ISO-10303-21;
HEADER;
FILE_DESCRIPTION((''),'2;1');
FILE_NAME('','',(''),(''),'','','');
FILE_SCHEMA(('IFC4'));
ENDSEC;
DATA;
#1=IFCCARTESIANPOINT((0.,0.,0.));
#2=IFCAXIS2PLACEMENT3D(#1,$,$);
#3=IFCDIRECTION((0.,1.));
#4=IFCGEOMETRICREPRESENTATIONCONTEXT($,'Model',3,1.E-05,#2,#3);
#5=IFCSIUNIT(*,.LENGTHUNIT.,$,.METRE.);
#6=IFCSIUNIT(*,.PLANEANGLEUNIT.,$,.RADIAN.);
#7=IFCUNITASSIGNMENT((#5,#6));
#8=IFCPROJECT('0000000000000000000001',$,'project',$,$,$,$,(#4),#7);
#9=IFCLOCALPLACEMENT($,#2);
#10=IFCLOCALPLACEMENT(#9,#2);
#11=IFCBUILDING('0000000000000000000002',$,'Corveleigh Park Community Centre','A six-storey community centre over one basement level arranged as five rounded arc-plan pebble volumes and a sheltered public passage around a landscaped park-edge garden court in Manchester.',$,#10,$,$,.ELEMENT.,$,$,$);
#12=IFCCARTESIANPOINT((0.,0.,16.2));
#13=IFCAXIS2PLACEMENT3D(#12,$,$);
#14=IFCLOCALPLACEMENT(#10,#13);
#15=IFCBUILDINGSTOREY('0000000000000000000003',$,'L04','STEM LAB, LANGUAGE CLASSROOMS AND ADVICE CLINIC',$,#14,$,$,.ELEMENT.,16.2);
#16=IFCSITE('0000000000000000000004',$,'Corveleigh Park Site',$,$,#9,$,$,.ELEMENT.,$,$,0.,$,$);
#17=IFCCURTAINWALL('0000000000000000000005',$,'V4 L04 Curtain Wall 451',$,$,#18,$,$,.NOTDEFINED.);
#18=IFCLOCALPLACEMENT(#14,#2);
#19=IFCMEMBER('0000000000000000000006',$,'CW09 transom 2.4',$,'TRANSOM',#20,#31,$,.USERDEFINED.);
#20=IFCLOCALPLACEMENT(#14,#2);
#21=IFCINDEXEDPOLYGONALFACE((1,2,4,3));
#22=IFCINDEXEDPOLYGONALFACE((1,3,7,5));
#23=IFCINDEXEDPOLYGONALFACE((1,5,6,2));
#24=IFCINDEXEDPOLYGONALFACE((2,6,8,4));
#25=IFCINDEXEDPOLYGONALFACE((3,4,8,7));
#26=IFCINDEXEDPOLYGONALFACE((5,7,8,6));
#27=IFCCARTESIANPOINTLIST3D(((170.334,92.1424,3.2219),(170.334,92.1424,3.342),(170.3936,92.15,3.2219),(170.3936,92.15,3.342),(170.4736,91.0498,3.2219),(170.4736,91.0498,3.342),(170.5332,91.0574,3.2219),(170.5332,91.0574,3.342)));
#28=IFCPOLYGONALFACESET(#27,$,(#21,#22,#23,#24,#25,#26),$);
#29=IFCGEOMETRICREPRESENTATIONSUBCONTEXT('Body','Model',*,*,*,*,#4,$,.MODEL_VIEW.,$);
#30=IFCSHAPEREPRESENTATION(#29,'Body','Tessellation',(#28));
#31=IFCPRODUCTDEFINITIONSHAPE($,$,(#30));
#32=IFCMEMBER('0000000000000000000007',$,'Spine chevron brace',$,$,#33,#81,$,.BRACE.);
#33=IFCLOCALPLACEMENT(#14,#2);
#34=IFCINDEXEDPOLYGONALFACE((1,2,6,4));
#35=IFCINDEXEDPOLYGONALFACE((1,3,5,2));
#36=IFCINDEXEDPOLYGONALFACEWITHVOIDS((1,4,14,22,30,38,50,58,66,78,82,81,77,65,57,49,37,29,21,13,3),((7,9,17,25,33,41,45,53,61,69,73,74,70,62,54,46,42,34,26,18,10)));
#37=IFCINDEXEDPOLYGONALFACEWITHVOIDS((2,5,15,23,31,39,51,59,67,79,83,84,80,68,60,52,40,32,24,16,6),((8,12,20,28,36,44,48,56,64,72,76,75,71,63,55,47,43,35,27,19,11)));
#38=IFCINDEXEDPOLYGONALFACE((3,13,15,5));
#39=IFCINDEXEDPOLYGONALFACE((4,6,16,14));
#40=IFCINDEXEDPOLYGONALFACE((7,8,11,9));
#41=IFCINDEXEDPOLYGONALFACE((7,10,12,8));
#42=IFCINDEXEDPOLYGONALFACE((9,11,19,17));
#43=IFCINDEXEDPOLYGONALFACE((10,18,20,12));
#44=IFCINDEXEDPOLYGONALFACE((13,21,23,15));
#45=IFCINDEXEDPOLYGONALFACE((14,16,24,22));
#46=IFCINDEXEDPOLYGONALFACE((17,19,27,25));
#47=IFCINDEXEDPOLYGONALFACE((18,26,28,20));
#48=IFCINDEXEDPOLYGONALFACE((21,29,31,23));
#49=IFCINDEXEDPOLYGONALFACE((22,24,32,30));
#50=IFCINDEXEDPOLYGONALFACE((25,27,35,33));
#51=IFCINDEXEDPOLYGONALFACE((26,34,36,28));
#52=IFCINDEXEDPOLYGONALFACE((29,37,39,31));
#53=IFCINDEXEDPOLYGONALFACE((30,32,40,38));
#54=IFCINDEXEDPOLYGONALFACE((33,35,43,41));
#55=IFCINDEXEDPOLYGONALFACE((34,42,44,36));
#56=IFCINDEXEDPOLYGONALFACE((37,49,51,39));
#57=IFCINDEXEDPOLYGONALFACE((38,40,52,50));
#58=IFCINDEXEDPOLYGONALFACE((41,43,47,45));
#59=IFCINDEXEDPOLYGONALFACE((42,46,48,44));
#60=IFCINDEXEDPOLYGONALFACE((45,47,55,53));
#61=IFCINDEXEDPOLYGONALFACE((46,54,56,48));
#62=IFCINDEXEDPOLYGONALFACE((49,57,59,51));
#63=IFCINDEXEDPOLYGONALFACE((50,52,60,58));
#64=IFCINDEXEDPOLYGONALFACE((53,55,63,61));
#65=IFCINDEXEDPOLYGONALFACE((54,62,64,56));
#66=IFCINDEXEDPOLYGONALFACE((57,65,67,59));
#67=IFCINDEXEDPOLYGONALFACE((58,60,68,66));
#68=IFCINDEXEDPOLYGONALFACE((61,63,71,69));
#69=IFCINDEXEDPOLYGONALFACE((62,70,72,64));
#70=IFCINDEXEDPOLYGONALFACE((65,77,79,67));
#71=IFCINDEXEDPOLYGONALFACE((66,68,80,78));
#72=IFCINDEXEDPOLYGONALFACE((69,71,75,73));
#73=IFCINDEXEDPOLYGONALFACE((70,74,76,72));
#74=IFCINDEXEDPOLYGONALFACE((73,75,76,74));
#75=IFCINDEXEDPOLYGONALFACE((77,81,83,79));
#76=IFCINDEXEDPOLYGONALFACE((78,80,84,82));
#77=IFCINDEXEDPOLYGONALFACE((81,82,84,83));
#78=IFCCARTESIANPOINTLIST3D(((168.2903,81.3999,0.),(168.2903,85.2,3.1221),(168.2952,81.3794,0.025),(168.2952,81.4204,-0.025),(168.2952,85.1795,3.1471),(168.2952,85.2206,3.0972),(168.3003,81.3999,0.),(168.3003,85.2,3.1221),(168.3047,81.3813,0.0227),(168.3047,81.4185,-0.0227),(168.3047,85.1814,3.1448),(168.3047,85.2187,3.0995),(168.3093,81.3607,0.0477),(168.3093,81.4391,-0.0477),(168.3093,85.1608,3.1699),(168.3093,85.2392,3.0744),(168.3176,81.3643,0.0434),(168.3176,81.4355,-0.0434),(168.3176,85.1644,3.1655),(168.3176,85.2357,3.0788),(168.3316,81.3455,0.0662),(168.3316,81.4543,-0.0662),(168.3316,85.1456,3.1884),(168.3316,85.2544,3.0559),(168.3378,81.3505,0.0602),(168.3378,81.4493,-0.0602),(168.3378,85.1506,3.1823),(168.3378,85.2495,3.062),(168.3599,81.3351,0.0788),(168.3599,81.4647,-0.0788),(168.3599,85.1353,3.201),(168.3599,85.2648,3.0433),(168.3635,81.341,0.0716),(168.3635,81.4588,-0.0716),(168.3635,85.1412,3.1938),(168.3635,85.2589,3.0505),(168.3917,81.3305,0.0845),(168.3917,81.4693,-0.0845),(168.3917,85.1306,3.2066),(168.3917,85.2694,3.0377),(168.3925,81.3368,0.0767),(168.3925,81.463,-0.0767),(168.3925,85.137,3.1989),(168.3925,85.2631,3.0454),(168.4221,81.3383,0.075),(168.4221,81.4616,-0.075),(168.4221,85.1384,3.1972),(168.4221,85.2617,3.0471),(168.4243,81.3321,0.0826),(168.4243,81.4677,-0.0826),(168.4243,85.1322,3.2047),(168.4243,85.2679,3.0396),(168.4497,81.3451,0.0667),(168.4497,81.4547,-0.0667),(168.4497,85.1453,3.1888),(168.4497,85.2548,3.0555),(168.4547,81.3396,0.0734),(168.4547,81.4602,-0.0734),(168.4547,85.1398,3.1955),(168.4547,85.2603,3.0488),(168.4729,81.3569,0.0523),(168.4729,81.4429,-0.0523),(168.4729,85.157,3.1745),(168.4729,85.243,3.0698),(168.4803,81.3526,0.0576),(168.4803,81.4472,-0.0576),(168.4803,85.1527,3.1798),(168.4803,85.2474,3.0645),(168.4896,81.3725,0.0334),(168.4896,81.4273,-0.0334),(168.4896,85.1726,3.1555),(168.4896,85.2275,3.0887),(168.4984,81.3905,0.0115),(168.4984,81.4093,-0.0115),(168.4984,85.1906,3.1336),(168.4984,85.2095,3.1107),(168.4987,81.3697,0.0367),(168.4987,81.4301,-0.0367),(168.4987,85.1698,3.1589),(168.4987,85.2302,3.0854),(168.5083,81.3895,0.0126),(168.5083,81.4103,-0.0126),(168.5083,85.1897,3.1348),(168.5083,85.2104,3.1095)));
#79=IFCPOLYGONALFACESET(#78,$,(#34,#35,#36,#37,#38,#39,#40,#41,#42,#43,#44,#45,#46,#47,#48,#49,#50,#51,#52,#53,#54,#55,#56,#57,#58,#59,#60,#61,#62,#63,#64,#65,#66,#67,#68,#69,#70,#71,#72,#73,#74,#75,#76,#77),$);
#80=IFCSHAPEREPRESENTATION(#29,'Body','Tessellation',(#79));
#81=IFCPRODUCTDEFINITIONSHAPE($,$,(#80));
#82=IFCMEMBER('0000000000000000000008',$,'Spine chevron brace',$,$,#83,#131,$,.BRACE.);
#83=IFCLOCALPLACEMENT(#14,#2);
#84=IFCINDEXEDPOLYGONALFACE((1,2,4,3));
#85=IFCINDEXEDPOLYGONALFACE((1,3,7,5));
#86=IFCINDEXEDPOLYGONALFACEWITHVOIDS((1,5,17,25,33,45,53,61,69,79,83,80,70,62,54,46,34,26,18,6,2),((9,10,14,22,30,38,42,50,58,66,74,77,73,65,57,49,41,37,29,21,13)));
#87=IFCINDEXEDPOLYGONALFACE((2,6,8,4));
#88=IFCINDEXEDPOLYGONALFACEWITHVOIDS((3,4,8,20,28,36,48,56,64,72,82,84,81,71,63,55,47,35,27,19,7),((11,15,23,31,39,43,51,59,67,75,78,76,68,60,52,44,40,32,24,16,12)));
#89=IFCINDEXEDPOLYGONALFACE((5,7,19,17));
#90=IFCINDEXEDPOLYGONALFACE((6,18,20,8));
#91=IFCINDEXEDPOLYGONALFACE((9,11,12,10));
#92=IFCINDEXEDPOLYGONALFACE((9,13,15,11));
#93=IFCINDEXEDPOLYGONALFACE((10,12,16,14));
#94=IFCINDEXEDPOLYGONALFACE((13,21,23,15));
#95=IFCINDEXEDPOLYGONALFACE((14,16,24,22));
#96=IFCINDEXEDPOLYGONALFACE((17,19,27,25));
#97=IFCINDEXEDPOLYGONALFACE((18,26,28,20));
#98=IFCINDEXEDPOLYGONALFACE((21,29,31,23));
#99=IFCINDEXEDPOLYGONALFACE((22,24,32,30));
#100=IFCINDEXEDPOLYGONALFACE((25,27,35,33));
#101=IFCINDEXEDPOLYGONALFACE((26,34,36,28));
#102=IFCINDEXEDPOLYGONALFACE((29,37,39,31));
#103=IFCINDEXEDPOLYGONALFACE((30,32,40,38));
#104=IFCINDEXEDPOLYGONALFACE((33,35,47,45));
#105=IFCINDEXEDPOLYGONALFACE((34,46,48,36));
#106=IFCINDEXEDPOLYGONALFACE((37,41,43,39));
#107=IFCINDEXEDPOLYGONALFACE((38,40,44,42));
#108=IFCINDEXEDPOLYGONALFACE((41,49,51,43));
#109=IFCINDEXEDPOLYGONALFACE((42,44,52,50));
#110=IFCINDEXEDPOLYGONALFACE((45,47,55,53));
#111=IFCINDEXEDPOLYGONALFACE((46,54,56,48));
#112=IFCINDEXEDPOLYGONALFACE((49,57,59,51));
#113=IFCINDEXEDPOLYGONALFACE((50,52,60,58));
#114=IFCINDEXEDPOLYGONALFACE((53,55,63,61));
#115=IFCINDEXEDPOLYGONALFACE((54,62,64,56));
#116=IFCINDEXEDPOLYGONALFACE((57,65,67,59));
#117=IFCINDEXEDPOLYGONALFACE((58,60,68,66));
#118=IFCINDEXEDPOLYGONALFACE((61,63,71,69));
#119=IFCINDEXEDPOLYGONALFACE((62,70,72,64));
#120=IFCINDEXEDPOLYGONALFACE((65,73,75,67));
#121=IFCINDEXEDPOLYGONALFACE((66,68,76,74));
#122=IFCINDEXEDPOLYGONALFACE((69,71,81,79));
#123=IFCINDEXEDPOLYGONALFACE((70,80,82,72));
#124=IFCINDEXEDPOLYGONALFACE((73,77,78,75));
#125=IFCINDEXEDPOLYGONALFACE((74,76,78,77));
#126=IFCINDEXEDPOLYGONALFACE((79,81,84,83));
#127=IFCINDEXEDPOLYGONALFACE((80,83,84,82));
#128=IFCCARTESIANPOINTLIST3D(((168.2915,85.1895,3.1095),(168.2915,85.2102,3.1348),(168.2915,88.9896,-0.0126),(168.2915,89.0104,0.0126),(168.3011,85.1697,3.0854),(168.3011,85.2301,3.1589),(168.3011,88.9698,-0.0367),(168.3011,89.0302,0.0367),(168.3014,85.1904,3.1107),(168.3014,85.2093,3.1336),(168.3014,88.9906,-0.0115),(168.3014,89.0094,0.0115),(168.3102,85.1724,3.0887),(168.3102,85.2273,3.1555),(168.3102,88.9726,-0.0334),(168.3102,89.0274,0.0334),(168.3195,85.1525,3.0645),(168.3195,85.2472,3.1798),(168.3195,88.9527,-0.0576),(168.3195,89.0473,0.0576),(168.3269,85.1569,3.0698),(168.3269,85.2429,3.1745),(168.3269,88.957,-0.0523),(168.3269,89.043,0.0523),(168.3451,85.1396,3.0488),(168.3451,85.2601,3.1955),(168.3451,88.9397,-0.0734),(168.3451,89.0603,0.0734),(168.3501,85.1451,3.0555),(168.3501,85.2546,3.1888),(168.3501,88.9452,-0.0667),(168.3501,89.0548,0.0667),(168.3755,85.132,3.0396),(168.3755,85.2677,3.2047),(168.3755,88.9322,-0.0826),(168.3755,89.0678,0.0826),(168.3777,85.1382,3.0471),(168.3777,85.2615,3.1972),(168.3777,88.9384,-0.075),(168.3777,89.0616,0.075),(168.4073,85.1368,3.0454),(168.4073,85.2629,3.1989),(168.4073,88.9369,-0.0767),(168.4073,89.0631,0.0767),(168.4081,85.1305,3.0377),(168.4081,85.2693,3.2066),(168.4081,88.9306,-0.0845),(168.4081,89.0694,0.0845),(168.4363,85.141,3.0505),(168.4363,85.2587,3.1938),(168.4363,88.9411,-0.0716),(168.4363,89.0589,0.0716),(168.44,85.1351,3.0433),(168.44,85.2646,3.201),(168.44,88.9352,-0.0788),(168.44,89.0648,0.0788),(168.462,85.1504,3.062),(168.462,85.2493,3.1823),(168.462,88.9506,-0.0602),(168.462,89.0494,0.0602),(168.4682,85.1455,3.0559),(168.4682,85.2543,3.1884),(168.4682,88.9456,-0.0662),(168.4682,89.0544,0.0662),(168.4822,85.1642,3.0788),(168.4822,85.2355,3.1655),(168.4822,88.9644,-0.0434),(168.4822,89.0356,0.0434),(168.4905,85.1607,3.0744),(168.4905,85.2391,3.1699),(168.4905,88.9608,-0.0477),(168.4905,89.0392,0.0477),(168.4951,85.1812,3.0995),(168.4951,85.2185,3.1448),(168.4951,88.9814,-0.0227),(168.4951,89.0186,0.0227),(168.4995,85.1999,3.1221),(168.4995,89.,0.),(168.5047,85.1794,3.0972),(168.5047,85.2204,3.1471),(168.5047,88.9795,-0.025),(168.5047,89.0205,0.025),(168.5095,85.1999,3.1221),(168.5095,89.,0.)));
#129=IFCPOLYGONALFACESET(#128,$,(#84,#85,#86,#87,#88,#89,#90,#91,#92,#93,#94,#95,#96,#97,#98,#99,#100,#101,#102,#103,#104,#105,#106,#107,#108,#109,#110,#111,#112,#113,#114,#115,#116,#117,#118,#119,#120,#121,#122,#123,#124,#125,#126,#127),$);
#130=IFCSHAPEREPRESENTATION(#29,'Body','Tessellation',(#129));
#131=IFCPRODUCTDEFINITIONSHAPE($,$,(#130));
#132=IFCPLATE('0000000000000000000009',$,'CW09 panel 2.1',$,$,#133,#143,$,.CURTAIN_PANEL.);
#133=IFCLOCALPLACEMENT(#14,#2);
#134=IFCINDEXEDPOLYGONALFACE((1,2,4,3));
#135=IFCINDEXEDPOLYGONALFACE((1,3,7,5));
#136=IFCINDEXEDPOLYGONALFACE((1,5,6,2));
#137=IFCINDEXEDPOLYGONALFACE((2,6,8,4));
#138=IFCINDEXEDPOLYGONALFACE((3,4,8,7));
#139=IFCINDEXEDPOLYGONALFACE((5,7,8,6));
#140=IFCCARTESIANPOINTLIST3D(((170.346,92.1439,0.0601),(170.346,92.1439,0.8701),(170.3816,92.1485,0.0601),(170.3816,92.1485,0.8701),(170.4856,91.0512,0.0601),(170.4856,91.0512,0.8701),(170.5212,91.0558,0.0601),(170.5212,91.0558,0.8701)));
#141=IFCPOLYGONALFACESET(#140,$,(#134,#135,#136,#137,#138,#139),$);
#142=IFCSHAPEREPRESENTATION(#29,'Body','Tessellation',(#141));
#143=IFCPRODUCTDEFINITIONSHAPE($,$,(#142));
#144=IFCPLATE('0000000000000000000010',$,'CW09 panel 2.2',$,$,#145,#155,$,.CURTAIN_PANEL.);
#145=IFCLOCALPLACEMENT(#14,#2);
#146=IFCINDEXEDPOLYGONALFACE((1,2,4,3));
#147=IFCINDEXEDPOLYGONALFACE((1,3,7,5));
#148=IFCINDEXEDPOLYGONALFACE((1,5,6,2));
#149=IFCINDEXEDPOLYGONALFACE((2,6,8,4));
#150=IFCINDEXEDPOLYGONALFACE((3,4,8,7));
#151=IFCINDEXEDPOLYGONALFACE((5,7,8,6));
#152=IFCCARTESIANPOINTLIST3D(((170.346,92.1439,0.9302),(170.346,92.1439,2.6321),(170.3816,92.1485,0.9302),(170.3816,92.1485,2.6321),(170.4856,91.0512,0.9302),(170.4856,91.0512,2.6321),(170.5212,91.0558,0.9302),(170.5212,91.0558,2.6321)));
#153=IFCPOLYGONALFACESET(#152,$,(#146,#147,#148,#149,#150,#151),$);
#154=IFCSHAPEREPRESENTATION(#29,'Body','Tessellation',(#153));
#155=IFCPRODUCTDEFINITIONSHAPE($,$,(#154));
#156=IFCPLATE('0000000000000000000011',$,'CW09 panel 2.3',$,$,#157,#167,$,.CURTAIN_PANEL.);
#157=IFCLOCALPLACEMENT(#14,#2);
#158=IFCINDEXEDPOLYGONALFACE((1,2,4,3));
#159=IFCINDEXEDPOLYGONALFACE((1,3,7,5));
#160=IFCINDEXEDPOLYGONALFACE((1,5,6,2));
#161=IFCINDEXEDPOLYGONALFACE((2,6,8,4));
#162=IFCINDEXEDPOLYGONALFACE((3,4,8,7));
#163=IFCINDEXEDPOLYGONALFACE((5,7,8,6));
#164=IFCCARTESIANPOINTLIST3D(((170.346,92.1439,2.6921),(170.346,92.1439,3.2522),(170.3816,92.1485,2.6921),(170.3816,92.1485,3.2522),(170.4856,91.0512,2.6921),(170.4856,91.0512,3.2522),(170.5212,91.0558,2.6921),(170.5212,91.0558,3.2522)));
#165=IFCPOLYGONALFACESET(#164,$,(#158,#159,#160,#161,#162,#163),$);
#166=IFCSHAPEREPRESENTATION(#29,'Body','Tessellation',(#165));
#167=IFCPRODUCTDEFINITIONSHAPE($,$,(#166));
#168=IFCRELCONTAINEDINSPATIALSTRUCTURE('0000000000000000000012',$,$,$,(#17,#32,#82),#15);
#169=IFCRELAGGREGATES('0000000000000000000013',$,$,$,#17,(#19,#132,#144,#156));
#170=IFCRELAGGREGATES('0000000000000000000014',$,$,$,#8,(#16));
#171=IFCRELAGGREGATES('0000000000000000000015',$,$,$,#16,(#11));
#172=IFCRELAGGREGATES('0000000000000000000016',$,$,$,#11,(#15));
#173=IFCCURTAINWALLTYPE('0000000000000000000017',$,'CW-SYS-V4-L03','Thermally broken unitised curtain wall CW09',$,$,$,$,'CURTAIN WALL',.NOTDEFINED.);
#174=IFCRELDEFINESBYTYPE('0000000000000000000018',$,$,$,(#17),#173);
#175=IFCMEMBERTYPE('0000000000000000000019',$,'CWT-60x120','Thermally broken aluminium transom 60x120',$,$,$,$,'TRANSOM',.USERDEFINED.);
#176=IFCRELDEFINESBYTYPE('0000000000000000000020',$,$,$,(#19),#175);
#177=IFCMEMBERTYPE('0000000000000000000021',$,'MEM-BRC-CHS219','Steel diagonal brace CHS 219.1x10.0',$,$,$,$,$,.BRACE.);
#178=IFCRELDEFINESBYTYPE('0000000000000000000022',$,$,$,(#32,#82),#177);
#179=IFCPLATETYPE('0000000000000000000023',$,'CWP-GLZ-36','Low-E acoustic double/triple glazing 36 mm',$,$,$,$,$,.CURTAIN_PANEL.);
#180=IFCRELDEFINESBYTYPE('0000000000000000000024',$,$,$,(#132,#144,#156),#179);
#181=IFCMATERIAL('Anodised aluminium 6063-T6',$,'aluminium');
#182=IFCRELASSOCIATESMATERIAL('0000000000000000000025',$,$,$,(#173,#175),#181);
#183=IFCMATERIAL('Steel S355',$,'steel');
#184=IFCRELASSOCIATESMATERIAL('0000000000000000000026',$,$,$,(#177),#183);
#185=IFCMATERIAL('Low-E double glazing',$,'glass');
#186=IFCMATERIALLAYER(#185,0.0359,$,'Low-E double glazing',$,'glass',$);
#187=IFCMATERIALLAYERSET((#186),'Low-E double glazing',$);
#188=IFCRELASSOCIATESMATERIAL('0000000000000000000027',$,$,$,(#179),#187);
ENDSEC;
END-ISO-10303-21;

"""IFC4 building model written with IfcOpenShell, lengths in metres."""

from ifc_helpers import new_model, si_unit, direction, frame, origin, origin_2d, place, context, subcontext, project, spatial, rectangle, hollow_circle, extrude, material, layer, layer_set, material_profile, profile_set, type_object, element, aggregate, save


model = new_model("IFC4")

# Units and contexts
model_context = context("Model", 3, precision=1e-05, world=origin(), true_north=direction((0.0, 1.0)))
body_context = subcontext(model_context, "Body", "Model", "MODEL_VIEW")
ifc_project = project(units=[si_unit("LENGTHUNIT", "METRE"), si_unit("PLANEANGLEUNIT", "RADIAN")], contexts=[model_context])

# Site, building, storey
site_placement = place(None, origin())
site = spatial("IfcSite", under=ifc_project, at=site_placement, Name="Corveleigh Park Site", CompositionType="ELEMENT", RefElevation=0.0)
building_placement = place(site_placement, origin())
building = spatial("IfcBuilding", under=site, at=building_placement, Name="Corveleigh Park Community Centre", Description="A six-storey community centre over one basement level arranged as five rounded arc-plan pebble volumes and a sheltered public passage around a landscaped park-edge garden court in Manchester.", CompositionType="ELEMENT")
storey_placement = place(building_placement, frame((0.0, 0.0, 16.2)))
storey = spatial("IfcBuildingStorey", under=building, at=storey_placement, Name="L04", Description="STEM LAB, LANGUAGE CLASSROOMS AND ADVICE CLINIC", CompositionType="ELEMENT", Elevation=16.2)

# Shared definitions
ifc_material_1 = material(Name="Steel S355", Category="steel")

# Curtain wall, member
ifc_material_2 = material(Name="Anodised aluminium 6063-T6", Category="aluminium")
curtain_wall_type = type_object("IfcCurtainWallType", Name="CW-SYS-V4-L03", Description="Thermally broken unitised curtain wall CW09", ElementType="CURTAIN WALL", PredefinedType="NOTDEFINED", material=ifc_material_2)
curtain_wall_placement = place(storey_placement, origin())
curtain_wall = element("IfcCurtainWall", 1, at=curtain_wall_placement, inside=storey, type_object=curtain_wall_type, Name="V4 L04 Curtain Wall 451", PredefinedType="NOTDEFINED")
ifc_material_profile_1 = material_profile(ifc_material_2, rectangle(XDim=0.0601, YDim=0.1201, at=origin_2d()), Name="ALU-T60x120", Category="aluminium")
ifc_profile_set_1 = profile_set([ifc_material_profile_1], Name="Anodised aluminium 6063-T6")
member_type_1 = type_object("IfcMemberType", Name="CWT-60x120", Description="Thermally broken aluminium transom 60x120", ElementType="TRANSOM", PredefinedType="USERDEFINED", material=ifc_profile_set_1)
member_1_placement = place(storey_placement, frame((170.3638, 92.1462, 3.282), z_axis=(0.126762, -0.991933, 0.0), x_axis=(0.991933, 0.126762, 0.0)))
member_1 = element("IfcMember", 2, at=member_1_placement, type_object=member_type_1, Name="CW09 transom 2.4", ObjectType="TRANSOM", PredefinedType="USERDEFINED", context=body_context, shape_type="SweptSolid", body=[
    extrude(rectangle(XDim=0.0601, YDim=0.1201, at=origin_2d()), origin(), (0.0, 0.0, 1.0), 1.1016),
])

# Members
ifc_material_profile_2 = material_profile(ifc_material_1, hollow_circle(Radius=0.1096, WallThickness=0.01, at=origin_2d()), Name="CHS 219.1x10.0", Category="steel")
ifc_profile_set_2 = profile_set([ifc_material_profile_2], Name="Steel S355")
member_type_2 = type_object("IfcMemberType", Name="MEM-BRC-CHS219", Description="Steel diagonal brace CHS 219.1x10.0", PredefinedType="BRACE", material=ifc_profile_set_2)
for number, where, z_axis, x_axis, name in (
    (3, (168.3999, 81.3999, 0.0), (0.0, 0.772666, 0.634812), (-1.0, 0.0, 0.0), "Spine chevron brace"),
    (4, (168.3999, 89.0, 0.0), (0.0, -0.772666, 0.634812), (1.0, 0.0, 0.0), "Spine chevron brace"),
):
    element("IfcMember", number, at=place(storey_placement, frame(where, z_axis=z_axis, x_axis=x_axis)), inside=storey, type_object=member_type_2, Name=name, PredefinedType="BRACE", context=body_context, shape_type="SweptSolid", body=[
        extrude(hollow_circle(Radius=0.1096, WallThickness=0.01, at=origin_2d()), origin(), (0.0, 0.0, 1.0), 4.9182),
    ])

# Plates
ifc_material_3 = material(Name="Low-E double glazing", Category="glass")
ifc_layer = layer(ifc_material_3, 0.0359, Name="Low-E double glazing", Category="glass")
ifc_layer_set = layer_set([ifc_layer], Name="Low-E double glazing")
plate_type = type_object("IfcPlateType", Name="CWP-GLZ-36", Description="Low-E acoustic double/triple glazing 36 mm", PredefinedType="CURTAIN_PANEL", material=ifc_layer_set)
plate_1_placement = place(storey_placement, frame((170.4336, 91.5999, 0.0601), z_axis=(0.0, 0.0, 1.0), x_axis=(0.12672, -0.991939, 0.0)))
plate_1 = element("IfcPlate", 5, at=plate_1_placement, type_object=plate_type, Name="CW09 panel 2.1", PredefinedType="CURTAIN_PANEL", context=body_context, shape_type="SweptSolid", body=[
    extrude(rectangle(XDim=1.1016, YDim=0.0359, at=origin_2d()), origin(), (0.0, 0.0, 1.0), 0.8101),
])
plate_2_placement = place(storey_placement, frame((170.4336, 91.5999, 0.9302), z_axis=(0.0, 0.0, 1.0), x_axis=(0.12672, -0.991939, 0.0)))
plate_2 = element("IfcPlate", 6, at=plate_2_placement, type_object=plate_type, Name="CW09 panel 2.2", PredefinedType="CURTAIN_PANEL", context=body_context, shape_type="SweptSolid", body=[
    extrude(rectangle(XDim=1.1016, YDim=0.0359, at=origin_2d()), origin(), (0.0, 0.0, 1.0), 1.7019),
])
plate_3_placement = place(storey_placement, frame((170.4336, 91.5999, 2.6921), z_axis=(0.0, 0.0, 1.0), x_axis=(0.12672, -0.991939, 0.0)))
plate_3 = element("IfcPlate", 7, at=plate_3_placement, type_object=plate_type, Name="CW09 panel 2.3", PredefinedType="CURTAIN_PANEL", context=body_context, shape_type="SweptSolid", body=[
    extrude(rectangle(XDim=1.1016, YDim=0.0359, at=origin_2d()), origin(), (0.0, 0.0, 1.0), 0.5601),
])
aggregate(curtain_wall, [member_1, plate_1, plate_2, plate_3])

save(model, "model.ifc")
